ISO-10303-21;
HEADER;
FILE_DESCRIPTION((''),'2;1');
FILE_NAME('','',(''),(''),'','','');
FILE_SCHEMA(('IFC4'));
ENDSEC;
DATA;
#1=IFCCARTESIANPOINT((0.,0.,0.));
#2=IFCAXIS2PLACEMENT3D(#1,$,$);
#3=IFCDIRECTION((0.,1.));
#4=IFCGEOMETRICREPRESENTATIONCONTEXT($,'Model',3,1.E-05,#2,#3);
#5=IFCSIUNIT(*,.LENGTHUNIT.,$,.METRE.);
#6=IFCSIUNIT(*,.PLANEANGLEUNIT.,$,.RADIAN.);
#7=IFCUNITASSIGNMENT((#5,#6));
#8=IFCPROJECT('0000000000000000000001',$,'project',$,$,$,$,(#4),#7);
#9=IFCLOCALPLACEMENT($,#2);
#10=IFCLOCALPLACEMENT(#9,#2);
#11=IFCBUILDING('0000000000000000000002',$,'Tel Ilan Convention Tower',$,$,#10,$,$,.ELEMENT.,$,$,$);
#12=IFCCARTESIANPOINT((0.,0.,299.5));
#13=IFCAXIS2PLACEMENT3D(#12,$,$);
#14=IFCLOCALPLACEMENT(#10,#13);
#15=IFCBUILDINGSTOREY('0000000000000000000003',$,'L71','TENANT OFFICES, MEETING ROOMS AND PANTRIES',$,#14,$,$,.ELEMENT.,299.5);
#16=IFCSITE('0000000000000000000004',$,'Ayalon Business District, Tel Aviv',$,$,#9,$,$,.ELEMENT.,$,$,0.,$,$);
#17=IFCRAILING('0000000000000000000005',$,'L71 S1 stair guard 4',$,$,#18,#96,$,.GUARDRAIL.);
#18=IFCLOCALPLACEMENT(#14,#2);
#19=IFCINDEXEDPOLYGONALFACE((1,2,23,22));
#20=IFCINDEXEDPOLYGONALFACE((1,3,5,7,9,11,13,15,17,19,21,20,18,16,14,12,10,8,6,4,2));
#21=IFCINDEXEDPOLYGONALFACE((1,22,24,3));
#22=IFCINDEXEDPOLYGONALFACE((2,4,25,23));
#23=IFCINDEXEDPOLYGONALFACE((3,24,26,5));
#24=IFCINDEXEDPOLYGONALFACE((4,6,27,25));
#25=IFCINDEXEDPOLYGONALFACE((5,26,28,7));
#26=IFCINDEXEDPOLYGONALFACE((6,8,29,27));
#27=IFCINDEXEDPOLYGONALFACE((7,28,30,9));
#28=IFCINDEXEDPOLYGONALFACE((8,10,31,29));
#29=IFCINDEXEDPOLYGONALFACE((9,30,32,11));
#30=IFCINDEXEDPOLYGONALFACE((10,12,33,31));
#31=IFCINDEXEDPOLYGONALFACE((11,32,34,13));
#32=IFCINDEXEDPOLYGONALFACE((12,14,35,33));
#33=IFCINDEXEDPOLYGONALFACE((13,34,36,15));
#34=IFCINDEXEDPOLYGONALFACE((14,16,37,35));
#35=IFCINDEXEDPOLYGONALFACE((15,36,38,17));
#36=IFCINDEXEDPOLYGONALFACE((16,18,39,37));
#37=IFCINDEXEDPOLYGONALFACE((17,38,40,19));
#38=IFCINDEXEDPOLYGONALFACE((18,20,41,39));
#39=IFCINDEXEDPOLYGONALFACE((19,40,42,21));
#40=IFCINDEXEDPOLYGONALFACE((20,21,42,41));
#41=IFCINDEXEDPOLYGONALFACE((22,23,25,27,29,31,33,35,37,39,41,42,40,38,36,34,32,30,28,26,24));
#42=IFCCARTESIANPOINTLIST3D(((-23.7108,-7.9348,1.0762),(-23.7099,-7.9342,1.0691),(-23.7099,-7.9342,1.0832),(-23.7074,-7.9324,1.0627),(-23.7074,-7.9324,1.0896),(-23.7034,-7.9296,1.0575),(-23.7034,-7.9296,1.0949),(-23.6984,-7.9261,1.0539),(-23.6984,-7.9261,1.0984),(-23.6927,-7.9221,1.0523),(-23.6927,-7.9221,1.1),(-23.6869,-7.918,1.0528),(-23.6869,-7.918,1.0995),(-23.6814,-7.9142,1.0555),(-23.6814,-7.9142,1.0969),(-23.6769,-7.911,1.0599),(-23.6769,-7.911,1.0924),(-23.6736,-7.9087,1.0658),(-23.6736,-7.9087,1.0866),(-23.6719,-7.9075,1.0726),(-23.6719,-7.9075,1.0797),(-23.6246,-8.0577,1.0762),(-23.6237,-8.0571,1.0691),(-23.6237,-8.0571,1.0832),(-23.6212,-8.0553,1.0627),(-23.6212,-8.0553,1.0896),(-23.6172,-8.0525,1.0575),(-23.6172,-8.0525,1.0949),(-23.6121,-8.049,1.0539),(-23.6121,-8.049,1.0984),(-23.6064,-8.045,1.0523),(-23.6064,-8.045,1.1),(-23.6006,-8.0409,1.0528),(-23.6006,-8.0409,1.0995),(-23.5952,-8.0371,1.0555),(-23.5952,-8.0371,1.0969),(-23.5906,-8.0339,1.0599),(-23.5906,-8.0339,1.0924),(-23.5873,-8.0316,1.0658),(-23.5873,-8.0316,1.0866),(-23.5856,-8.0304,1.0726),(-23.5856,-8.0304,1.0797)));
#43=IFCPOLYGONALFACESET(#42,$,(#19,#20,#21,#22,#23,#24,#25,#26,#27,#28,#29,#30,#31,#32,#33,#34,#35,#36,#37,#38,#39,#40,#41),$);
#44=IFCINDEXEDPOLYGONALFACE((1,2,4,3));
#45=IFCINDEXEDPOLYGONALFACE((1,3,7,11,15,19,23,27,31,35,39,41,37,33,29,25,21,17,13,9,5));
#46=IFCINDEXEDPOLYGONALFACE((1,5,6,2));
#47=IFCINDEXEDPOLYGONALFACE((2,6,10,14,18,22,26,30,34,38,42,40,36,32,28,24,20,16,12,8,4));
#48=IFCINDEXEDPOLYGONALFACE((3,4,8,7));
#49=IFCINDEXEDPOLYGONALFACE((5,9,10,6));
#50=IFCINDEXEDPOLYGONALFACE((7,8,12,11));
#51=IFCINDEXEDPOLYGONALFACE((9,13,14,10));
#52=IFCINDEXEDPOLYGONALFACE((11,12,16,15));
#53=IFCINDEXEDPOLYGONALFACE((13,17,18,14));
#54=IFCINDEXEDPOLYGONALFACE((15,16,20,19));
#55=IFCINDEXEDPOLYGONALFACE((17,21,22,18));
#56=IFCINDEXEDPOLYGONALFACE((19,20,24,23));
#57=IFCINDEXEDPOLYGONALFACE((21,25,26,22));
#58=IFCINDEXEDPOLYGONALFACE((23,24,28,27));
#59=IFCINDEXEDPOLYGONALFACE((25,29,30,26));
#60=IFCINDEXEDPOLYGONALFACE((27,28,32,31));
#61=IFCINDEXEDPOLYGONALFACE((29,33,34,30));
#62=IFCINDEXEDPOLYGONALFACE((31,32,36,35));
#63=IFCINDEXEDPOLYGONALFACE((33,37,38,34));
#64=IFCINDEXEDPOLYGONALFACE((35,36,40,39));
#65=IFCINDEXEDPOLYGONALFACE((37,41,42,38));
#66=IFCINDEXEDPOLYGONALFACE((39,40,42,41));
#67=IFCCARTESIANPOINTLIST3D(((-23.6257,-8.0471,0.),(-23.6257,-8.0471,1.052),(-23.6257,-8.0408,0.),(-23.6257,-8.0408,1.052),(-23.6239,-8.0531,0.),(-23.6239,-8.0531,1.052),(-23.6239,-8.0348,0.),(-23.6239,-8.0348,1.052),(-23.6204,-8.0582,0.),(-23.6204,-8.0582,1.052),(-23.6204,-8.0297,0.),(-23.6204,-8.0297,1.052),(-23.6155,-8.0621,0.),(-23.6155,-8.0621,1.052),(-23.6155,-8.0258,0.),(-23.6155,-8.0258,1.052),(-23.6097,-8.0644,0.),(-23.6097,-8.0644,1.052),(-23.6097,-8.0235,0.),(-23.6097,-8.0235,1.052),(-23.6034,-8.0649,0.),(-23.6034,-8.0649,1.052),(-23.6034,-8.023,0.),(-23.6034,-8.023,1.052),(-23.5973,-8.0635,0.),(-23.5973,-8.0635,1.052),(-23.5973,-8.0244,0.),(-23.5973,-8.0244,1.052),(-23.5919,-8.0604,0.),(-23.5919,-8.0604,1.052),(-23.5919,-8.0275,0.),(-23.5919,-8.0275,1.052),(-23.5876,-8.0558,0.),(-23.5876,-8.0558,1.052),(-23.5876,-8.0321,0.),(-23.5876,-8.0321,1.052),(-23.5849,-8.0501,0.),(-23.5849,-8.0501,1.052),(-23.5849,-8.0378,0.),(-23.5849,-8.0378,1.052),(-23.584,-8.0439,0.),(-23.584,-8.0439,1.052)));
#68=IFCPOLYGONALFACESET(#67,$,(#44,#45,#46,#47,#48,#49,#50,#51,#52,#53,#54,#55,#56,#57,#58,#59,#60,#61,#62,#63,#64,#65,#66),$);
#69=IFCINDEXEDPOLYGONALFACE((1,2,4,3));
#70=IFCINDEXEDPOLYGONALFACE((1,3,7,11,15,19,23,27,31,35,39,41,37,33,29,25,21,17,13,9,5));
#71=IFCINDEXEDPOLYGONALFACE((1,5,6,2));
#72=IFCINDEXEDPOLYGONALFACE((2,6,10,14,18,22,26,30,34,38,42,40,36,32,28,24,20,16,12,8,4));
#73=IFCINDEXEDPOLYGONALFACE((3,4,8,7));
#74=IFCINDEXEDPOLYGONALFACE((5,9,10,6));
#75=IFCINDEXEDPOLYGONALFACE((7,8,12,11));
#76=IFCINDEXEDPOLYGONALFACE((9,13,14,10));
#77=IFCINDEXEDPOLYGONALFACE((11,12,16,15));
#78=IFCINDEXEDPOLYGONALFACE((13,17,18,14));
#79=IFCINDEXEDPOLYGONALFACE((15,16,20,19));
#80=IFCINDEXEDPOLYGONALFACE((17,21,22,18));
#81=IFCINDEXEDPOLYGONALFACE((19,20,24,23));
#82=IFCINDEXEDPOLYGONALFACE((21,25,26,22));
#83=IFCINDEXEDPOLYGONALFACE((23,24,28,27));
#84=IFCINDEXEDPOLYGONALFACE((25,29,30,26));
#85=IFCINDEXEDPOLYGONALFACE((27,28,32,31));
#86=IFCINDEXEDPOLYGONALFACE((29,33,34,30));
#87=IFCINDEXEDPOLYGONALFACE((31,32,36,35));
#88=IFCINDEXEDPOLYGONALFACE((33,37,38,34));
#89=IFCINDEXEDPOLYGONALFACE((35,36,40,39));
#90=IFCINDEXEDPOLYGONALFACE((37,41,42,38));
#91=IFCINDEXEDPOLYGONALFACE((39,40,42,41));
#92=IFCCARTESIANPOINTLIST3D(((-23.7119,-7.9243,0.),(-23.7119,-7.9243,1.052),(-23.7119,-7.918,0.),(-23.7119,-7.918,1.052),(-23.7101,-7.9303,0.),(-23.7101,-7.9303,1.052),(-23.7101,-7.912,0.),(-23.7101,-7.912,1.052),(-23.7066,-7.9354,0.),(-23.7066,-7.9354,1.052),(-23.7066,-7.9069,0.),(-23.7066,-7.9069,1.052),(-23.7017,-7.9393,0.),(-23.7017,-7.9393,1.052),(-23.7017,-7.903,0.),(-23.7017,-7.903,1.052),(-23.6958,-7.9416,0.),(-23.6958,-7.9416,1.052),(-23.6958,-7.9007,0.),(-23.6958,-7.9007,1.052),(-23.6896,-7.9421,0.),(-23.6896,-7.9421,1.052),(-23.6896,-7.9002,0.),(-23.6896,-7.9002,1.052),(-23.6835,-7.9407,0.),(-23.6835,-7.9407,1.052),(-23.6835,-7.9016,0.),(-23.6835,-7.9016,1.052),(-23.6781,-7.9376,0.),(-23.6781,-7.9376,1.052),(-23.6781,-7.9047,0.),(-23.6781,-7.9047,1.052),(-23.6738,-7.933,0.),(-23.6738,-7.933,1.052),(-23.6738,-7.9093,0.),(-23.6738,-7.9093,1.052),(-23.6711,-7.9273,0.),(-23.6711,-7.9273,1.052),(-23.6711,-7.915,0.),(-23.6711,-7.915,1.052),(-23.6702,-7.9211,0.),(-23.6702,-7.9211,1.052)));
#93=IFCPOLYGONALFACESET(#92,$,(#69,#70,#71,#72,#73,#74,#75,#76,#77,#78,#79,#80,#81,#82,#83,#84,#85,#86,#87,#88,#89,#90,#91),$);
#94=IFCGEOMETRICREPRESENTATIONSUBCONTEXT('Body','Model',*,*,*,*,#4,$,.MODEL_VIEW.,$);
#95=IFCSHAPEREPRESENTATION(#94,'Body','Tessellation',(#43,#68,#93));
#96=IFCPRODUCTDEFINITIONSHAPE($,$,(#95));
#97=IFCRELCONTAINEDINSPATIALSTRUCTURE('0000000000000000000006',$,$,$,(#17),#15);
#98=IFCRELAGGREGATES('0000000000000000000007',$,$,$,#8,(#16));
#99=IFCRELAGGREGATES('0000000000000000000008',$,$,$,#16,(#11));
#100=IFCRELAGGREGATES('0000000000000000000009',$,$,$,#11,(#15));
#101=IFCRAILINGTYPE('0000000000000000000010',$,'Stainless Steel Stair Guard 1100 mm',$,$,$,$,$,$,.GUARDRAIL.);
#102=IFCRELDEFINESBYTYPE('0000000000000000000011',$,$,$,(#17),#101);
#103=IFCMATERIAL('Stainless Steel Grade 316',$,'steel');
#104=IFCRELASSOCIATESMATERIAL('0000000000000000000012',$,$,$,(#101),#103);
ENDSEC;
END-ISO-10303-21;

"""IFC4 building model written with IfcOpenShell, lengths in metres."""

from ifc_helpers import new_model, si_unit, direction, frame, origin, origin_2d, place, context, subcontext, project, spatial, circle, extrude, material, type_object, element, save


model = new_model("IFC4")

# Units and contexts
model_context = context("Model", 3, precision=1e-05, world=origin(), true_north=direction((0.0, 1.0)))
body_context = subcontext(model_context, "Body", "Model", "MODEL_VIEW")
ifc_project = project(units=[si_unit("LENGTHUNIT", "METRE"), si_unit("PLANEANGLEUNIT", "RADIAN")], contexts=[model_context])

# Site, building, storey
site_placement = place(None, origin())
site = spatial("IfcSite", under=ifc_project, at=site_placement, Name="Ayalon Business District, Tel Aviv", CompositionType="ELEMENT", RefElevation=0.0)
building_placement = place(site_placement, origin())
building = spatial("IfcBuilding", under=site, at=building_placement, Name="Tel Ilan Convention Tower", CompositionType="ELEMENT")
storey_placement = place(building_placement, frame((0.0, 0.0, 299.5)))
storey = spatial("IfcBuildingStorey", under=building, at=storey_placement, Name="L71", Description="TENANT OFFICES, MEETING ROOMS AND PANTRIES", CompositionType="ELEMENT", Elevation=299.5)

# Railing
ifc_material_1 = material(Name="Stainless Steel Grade 316", Category="steel")
railing_type_1 = type_object("IfcRailingType", Name="Stainless Steel Stair Guard 1100 mm", PredefinedType="GUARDRAIL", material=ifc_material_1)
railing_1_placement = place(storey_placement, frame((-23.605, -8.0439, 0.0)))
element("IfcRailing", 1, at=railing_1_placement, inside=storey, type_object=railing_type_1, Name="L71 S1 stair guard 4", PredefinedType="GUARDRAIL", context=body_context, shape_type="SweptSolid", body=[
    extrude(circle(Radius=0.0239, at=origin_2d()), frame((0.0, 0.0, 1.0762), z_axis=(-0.574445, 0.818543, 0.0), x_axis=(-0.818543, -0.574445, 0.0)), (0.0, 0.0, 1.0), 0.1501),
    extrude(circle(Radius=0.021, at=origin_2d()), origin(), (0.0, 0.0, 1.0), 1.052),
    extrude(circle(Radius=0.021, at=origin_2d()), frame((-0.0862, 0.1228, 0.0)), (0.0, 0.0, 1.0), 1.052),
])

save(model, "model.ifc")
